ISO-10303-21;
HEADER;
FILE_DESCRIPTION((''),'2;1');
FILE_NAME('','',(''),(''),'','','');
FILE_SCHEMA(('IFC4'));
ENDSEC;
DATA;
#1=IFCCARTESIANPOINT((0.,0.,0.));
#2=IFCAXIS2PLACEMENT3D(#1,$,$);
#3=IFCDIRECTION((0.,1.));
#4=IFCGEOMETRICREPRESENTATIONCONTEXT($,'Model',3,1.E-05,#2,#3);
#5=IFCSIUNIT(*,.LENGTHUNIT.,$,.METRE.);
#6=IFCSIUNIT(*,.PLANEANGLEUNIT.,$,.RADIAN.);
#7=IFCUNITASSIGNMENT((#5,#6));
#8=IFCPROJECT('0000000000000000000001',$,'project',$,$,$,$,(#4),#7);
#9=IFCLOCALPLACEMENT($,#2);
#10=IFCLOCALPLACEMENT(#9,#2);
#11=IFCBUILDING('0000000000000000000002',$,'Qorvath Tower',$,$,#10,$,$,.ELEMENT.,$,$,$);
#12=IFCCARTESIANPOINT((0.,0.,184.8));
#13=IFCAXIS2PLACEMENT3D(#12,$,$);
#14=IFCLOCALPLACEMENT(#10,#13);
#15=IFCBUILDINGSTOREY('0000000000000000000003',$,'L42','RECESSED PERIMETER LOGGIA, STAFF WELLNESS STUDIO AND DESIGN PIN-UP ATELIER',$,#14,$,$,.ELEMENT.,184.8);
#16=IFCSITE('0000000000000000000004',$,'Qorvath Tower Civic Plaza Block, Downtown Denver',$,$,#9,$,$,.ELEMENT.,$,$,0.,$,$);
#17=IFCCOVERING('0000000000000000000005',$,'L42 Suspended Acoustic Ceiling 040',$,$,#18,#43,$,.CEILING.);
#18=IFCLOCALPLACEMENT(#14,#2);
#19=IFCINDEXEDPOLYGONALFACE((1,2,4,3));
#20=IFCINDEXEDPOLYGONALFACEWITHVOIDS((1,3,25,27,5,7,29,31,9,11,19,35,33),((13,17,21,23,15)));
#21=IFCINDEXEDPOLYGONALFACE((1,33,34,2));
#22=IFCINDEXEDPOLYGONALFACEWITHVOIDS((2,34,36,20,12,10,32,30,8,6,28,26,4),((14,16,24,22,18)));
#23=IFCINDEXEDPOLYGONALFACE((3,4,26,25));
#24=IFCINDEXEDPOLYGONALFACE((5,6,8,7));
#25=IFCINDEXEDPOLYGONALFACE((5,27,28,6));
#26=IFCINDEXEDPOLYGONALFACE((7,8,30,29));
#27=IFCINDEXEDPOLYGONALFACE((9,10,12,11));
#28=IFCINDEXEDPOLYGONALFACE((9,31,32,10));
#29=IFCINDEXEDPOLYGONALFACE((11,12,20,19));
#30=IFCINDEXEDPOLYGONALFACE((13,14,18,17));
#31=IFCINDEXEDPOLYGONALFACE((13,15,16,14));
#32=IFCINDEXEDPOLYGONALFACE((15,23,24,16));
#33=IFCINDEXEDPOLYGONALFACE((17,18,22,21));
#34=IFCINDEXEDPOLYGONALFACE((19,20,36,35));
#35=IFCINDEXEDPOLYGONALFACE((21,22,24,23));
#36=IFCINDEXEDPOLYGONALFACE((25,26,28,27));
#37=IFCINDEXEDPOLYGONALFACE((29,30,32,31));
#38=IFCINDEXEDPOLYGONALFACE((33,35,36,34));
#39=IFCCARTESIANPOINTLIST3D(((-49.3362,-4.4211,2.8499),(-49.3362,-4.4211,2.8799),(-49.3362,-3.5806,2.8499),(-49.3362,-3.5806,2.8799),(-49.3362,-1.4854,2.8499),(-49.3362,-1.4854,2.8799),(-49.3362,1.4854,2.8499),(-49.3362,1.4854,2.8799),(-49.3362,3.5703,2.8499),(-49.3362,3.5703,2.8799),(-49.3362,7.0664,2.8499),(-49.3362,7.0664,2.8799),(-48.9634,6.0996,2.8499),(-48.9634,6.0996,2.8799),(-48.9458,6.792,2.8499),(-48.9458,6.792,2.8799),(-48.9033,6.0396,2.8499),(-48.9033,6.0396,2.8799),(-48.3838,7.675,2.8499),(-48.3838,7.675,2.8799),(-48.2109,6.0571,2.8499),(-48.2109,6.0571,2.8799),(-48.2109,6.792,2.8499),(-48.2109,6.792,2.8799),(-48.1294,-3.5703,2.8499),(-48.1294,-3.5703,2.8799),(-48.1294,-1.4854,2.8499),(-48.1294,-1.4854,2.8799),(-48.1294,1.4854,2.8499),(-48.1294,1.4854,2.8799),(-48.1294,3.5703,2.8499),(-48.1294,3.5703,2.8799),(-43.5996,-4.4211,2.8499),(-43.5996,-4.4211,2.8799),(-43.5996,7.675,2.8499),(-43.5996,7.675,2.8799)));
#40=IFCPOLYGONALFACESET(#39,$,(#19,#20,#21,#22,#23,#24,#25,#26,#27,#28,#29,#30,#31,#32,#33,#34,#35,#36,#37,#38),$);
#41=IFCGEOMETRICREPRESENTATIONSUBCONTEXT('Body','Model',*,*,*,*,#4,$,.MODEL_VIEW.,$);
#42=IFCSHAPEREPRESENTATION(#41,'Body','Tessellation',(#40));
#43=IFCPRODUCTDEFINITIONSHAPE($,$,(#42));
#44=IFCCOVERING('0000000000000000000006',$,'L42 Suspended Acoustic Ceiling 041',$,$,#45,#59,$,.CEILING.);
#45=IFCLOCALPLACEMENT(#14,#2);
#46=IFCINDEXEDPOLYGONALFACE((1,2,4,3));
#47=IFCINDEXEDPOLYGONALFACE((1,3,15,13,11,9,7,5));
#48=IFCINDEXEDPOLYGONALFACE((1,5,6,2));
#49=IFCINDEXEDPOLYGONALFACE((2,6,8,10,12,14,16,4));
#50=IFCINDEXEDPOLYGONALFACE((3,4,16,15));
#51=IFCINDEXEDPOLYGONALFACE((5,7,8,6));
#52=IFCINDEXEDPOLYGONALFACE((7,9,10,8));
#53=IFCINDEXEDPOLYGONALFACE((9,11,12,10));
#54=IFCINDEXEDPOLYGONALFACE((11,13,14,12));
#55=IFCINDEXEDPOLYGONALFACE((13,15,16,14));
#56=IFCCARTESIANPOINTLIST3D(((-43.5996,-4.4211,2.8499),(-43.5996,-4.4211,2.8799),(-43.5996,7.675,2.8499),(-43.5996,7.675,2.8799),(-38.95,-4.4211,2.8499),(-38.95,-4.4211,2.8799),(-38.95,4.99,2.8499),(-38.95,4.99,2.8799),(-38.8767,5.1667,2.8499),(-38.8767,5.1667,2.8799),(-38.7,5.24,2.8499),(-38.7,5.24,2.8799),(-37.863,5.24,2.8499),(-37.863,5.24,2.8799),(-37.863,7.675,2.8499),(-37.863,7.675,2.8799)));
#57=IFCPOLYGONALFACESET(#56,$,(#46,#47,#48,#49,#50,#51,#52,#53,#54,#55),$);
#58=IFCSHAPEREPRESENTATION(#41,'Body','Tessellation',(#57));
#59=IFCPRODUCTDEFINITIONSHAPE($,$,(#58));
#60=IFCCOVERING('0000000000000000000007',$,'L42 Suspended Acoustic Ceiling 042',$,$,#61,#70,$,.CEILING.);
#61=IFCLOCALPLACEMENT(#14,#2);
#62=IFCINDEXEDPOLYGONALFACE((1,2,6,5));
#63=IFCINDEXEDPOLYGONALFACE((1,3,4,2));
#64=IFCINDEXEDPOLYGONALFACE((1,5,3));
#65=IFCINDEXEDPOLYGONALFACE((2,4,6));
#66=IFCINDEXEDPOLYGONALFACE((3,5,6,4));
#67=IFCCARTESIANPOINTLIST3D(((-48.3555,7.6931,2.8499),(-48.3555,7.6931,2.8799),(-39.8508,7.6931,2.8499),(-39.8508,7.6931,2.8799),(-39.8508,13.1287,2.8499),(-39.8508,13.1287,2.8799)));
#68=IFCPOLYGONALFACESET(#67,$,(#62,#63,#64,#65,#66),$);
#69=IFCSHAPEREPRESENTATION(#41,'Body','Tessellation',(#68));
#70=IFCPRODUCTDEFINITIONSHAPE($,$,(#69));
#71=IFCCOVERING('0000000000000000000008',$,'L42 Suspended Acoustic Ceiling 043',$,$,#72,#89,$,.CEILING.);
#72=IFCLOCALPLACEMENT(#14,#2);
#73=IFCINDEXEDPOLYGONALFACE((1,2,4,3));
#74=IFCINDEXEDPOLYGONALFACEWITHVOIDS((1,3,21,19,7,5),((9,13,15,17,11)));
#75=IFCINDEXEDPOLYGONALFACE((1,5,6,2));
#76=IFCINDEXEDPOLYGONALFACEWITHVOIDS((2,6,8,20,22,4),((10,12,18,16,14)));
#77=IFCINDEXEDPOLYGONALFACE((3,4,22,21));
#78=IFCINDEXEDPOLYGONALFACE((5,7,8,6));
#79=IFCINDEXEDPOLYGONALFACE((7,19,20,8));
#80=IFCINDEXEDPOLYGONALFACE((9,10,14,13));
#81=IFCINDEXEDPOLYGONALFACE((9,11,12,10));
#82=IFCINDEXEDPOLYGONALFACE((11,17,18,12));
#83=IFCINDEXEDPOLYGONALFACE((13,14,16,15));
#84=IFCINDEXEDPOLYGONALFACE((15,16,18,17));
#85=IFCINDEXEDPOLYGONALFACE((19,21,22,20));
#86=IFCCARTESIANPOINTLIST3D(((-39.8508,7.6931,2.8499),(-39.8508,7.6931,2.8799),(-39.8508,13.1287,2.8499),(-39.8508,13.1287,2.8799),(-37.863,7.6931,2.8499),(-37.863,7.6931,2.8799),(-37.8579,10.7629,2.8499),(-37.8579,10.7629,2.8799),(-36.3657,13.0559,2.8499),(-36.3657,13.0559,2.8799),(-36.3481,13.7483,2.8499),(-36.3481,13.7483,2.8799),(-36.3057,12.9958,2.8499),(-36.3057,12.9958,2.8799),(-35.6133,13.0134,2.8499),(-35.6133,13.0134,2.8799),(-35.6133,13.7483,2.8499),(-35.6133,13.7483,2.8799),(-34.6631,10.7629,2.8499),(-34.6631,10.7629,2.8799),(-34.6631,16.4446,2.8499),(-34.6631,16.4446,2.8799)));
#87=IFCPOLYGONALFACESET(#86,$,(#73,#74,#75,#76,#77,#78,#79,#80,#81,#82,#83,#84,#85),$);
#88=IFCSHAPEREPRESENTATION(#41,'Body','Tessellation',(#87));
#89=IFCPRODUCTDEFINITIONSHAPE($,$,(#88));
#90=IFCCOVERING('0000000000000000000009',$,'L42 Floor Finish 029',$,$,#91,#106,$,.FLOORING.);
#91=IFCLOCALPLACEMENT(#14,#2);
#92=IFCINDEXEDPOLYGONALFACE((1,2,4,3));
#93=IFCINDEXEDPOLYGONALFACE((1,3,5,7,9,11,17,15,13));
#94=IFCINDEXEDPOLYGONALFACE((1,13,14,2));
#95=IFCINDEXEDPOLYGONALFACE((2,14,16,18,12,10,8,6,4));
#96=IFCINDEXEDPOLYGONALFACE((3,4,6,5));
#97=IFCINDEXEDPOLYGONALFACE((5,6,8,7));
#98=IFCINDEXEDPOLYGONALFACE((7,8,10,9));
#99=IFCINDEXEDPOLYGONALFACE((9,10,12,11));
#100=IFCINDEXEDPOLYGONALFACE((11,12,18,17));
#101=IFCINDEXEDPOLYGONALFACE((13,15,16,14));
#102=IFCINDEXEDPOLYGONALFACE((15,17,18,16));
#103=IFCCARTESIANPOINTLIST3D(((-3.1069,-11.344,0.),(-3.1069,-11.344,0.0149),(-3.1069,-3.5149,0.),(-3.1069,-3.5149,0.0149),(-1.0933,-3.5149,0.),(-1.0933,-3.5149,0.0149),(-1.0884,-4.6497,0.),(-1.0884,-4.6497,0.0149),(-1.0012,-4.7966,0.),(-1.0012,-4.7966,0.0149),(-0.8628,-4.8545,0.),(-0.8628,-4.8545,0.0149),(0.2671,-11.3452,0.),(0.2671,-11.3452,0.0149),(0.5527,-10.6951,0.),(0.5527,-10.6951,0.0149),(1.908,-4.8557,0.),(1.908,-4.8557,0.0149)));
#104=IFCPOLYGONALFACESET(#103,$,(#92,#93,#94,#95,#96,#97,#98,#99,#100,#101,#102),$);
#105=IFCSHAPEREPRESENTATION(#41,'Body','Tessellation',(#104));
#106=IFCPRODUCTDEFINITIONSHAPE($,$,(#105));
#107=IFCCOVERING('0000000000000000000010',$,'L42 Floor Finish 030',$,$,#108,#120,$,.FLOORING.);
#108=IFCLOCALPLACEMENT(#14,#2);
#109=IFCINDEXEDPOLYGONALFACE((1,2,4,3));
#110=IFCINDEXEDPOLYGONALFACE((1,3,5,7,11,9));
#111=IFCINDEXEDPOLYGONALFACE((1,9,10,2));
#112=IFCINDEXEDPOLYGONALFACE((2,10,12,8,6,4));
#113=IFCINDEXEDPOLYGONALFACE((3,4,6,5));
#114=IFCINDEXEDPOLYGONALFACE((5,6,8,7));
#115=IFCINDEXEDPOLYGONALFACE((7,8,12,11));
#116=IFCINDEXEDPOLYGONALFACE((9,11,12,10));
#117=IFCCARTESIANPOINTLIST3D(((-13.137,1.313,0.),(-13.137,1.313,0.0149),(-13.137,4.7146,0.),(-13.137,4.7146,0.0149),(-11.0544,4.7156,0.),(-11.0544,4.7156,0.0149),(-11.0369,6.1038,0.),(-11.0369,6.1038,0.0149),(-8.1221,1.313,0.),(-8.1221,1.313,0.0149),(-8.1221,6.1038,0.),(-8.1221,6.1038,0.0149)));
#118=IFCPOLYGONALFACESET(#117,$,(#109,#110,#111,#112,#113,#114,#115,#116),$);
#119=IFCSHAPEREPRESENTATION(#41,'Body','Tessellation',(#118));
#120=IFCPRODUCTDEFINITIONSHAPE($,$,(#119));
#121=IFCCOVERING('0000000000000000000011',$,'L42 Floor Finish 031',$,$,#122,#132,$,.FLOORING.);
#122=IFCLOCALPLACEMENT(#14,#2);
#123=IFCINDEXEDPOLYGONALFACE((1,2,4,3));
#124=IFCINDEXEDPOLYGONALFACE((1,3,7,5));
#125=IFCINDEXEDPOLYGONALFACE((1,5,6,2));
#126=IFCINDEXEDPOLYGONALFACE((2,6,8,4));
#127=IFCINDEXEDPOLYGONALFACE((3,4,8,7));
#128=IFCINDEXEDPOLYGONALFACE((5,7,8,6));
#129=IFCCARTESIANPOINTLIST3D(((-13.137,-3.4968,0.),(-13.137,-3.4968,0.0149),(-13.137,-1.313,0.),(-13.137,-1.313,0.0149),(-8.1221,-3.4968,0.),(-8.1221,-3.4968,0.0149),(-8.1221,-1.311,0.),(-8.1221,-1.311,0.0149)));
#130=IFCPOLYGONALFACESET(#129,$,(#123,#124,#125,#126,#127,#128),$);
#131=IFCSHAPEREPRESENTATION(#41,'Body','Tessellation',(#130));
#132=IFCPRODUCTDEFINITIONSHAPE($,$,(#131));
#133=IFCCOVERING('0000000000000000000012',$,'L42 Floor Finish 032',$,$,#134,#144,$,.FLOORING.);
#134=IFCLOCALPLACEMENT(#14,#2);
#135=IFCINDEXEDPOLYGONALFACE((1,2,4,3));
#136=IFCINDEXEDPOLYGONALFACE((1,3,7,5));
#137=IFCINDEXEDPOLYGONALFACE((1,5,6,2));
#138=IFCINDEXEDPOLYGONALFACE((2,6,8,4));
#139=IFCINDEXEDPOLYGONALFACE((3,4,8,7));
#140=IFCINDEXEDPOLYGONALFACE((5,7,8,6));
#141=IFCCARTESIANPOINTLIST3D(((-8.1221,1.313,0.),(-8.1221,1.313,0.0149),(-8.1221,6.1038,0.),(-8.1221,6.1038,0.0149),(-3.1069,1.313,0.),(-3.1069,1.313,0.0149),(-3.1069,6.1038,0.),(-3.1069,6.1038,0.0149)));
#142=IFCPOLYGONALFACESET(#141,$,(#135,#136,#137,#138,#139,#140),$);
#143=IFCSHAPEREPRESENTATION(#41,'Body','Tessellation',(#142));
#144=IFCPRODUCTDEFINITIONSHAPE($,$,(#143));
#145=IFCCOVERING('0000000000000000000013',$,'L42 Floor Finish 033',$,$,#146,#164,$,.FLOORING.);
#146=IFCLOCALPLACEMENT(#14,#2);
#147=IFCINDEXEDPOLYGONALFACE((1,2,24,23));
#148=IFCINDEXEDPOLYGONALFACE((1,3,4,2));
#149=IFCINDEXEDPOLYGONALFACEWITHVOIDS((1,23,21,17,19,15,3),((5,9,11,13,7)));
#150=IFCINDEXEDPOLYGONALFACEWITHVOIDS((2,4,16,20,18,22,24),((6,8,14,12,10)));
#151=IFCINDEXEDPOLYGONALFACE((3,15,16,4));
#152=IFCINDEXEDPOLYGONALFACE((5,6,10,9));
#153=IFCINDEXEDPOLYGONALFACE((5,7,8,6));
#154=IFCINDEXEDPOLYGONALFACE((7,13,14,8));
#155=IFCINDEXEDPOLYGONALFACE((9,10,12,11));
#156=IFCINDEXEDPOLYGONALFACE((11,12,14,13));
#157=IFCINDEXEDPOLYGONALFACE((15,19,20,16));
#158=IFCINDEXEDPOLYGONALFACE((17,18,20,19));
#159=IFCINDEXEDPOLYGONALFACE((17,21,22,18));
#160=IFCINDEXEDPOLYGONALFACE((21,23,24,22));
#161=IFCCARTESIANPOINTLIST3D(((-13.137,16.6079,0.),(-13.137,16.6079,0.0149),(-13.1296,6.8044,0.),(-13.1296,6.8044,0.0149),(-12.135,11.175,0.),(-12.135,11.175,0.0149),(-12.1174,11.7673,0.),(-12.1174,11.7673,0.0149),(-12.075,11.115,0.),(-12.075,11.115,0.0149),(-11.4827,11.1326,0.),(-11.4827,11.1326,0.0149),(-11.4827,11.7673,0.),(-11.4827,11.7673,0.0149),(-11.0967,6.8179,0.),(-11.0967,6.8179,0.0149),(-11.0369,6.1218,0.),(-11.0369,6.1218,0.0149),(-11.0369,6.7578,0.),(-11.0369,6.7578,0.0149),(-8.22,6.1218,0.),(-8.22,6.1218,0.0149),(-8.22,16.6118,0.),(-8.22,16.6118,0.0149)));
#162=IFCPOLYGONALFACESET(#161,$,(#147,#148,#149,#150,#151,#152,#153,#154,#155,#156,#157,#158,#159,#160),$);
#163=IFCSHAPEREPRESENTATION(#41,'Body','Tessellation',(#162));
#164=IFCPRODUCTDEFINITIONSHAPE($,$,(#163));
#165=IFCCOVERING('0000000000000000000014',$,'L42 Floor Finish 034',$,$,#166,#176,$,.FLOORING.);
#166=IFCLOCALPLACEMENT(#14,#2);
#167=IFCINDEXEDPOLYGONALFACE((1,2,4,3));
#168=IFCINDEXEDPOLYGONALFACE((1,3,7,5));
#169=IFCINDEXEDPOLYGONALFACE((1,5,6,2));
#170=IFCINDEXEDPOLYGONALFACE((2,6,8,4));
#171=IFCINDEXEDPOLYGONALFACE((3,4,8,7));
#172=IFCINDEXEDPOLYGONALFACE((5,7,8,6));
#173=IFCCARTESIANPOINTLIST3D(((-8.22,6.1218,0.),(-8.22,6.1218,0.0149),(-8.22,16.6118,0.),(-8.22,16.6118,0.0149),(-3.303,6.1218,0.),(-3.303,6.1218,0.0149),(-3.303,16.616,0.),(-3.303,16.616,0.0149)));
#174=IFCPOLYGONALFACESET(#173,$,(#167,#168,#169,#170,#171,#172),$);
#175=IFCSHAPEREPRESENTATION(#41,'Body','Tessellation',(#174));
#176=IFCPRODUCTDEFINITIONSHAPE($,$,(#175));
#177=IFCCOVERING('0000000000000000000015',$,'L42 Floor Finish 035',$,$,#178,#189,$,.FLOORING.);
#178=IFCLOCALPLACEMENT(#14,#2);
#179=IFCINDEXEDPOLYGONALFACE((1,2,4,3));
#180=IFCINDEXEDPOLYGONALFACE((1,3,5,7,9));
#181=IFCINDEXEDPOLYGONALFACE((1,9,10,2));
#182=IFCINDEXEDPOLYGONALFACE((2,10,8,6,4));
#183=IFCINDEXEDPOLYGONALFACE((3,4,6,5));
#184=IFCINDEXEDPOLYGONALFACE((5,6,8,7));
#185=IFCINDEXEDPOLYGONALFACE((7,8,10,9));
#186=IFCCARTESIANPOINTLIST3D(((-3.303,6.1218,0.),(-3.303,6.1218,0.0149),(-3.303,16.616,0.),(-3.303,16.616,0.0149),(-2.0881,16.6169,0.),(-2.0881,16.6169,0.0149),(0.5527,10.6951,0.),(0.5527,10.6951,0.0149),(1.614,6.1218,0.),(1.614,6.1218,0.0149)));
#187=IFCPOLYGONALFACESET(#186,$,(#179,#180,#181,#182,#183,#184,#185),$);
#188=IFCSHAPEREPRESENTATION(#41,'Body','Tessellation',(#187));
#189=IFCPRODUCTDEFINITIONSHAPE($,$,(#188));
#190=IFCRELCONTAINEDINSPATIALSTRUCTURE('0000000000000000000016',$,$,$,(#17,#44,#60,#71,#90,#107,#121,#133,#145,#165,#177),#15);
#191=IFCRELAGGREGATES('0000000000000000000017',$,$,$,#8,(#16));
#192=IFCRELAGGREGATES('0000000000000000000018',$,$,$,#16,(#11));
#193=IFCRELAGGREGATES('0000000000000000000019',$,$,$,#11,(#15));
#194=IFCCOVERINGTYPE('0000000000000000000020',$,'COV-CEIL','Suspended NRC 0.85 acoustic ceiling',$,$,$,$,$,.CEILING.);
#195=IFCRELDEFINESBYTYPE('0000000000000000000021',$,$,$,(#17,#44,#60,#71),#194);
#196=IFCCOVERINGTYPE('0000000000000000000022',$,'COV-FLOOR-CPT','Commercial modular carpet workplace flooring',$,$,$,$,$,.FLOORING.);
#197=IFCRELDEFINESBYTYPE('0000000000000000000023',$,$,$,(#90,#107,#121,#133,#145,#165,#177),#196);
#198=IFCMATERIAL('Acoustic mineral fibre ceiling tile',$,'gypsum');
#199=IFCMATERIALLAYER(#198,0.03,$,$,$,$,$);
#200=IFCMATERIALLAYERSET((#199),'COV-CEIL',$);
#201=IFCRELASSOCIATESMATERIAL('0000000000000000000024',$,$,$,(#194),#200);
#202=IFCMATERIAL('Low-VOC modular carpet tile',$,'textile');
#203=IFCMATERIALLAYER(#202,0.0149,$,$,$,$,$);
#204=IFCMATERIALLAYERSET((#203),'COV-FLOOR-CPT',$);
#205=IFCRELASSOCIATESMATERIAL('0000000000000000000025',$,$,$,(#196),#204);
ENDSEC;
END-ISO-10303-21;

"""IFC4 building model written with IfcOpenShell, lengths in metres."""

from ifc_helpers import new_model, si_unit, direction, frame, origin, place, context, subcontext, project, spatial, polyline, outline, extrude, material, layer, layer_set, type_object, element, save


model = new_model("IFC4")

# Units and contexts
model_context = context("Model", 3, precision=1e-05, world=origin(), true_north=direction((0.0, 1.0)))
body_context = subcontext(model_context, "Body", "Model", "MODEL_VIEW")
ifc_project = project(units=[si_unit("LENGTHUNIT", "METRE"), si_unit("PLANEANGLEUNIT", "RADIAN")], contexts=[model_context])

# Site, building, storey
site_placement = place(None, origin())
site = spatial("IfcSite", under=ifc_project, at=site_placement, Name="Qorvath Tower Civic Plaza Block, Downtown Denver", CompositionType="ELEMENT", RefElevation=0.0)
building_placement = place(site_placement, origin())
building = spatial("IfcBuilding", under=site, at=building_placement, Name="Qorvath Tower", CompositionType="ELEMENT")
storey_placement = place(building_placement, frame((0.0, 0.0, 184.8)))
storey = spatial("IfcBuildingStorey", under=building, at=storey_placement, Name="L42", Description="RECESSED PERIMETER LOGGIA, STAFF WELLNESS STUDIO AND DESIGN PIN-UP ATELIER", CompositionType="ELEMENT", Elevation=184.8)

# Coverings
ifc_material_1 = material(Name="Acoustic mineral fibre ceiling tile", Category="gypsum")
ifc_layer_1 = layer(ifc_material_1, 0.03)
ifc_layer_set_1 = layer_set([ifc_layer_1], Name="COV-CEIL")
covering_type_1 = type_object("IfcCoveringType", Name="COV-CEIL", Description="Suspended NRC 0.85 acoustic ceiling", PredefinedType="CEILING", material=ifc_layer_set_1)
covering_1_placement = place(storey_placement, frame((0.0, 0.0, 2.8499)))
element("IfcCovering", 1, at=covering_1_placement, inside=storey, type_object=covering_type_1, Name="L42 Suspended Acoustic Ceiling 040", PredefinedType="CEILING", context=body_context, shape_type="SweptSolid", body=[
    extrude(outline(polyline([(-43.5996, -4.4211), (-43.5996, 7.675), (-48.3838, 7.675), (-49.3362, 7.0664), (-49.3362, 3.5703), (-48.1294, 3.5703), (-48.1294, 1.4854), (-49.3362, 1.4854), (-49.3362, -1.4854), (-48.1294, -1.4854), (-48.1294, -3.5703), (-49.3362, -3.5806), (-49.3362, -4.4211), (-43.5996, -4.4211)]), holes=[polyline([(-48.9634, 6.0996), (-48.9458, 6.792), (-48.2109, 6.792), (-48.2109, 6.0571), (-48.9033, 6.0396), (-48.9634, 6.0996)])]), origin(), (0.0, 0.0, 1.0), 0.03),
])
covering_2_placement = place(storey_placement, frame((0.0, 0.0, 2.8499)))
element("IfcCovering", 2, at=covering_2_placement, inside=storey, type_object=covering_type_1, Name="L42 Suspended Acoustic Ceiling 041", PredefinedType="CEILING", context=body_context, shape_type="SweptSolid", body=[
    extrude(outline(polyline([(-37.863, 5.24), (-37.863, 7.675), (-43.5996, 7.675), (-43.5996, -4.4211), (-38.95, -4.4211), (-38.95, 4.99), (-38.8767, 5.1667), (-38.7, 5.24), (-37.863, 5.24)])), origin(), (0.0, 0.0, 1.0), 0.03),
])
covering_3_placement = place(storey_placement, frame((0.0, 0.0, 2.8499)))
element("IfcCovering", 3, at=covering_3_placement, inside=storey, type_object=covering_type_1, Name="L42 Suspended Acoustic Ceiling 042", PredefinedType="CEILING", context=body_context, shape_type="SweptSolid", body=[
    extrude(outline(polyline([(-39.8508, 7.6931), (-39.8508, 13.1287), (-48.3555, 7.6931), (-39.8508, 7.6931)])), origin(), (0.0, 0.0, 1.0), 0.03),
])
covering_4_placement = place(storey_placement, frame((0.0, 0.0, 2.8499)))
element("IfcCovering", 4, at=covering_4_placement, inside=storey, type_object=covering_type_1, Name="L42 Suspended Acoustic Ceiling 043", PredefinedType="CEILING", context=body_context, shape_type="SweptSolid", body=[
    extrude(outline(polyline([(-37.8579, 10.7629), (-34.6631, 10.7629), (-34.6631, 16.4446), (-39.8508, 13.1287), (-39.8508, 7.6931), (-37.863, 7.6931), (-37.8579, 10.7629)]), holes=[polyline([(-36.3657, 13.0559), (-36.3481, 13.7483), (-35.6133, 13.7483), (-35.6133, 13.0134), (-36.3057, 12.9958), (-36.3657, 13.0559)])]), origin(), (0.0, 0.0, 1.0), 0.03),
])
ifc_material_2 = material(Name="Low-VOC modular carpet tile", Category="textile")
ifc_layer_2 = layer(ifc_material_2, 0.0149)
ifc_layer_set_2 = layer_set([ifc_layer_2], Name="COV-FLOOR-CPT")
covering_type_2 = type_object("IfcCoveringType", Name="COV-FLOOR-CPT", Description="Commercial modular carpet workplace flooring", PredefinedType="FLOORING", material=ifc_layer_set_2)
covering_5_placement = place(storey_placement, origin())
element("IfcCovering", 5, at=covering_5_placement, inside=storey, type_object=covering_type_2, Name="L42 Floor Finish 029", PredefinedType="FLOORING", context=body_context, shape_type="SweptSolid", body=[
    extrude(outline(polyline([(-1.0012, -4.7966), (-1.0884, -4.6497), (-1.0933, -3.5149), (-3.1069, -3.5149), (-3.1069, -11.344), (0.2671, -11.3452), (0.5527, -10.6951), (1.908, -4.8557), (-0.8628, -4.8545), (-1.0012, -4.7966)])), origin(), (0.0, 0.0, 1.0), 0.0149),
])
covering_6_placement = place(storey_placement, origin())
element("IfcCovering", 6, at=covering_6_placement, inside=storey, type_object=covering_type_2, Name="L42 Floor Finish 030", PredefinedType="FLOORING", context=body_context, shape_type="SweptSolid", body=[
    extrude(outline(polyline([(-8.1221, 1.313), (-8.1221, 6.1038), (-11.0369, 6.1038), (-11.0544, 4.7156), (-13.137, 4.7146), (-13.137, 1.313), (-8.1221, 1.313)])), origin(), (0.0, 0.0, 1.0), 0.0149),
])
covering_7_placement = place(storey_placement, origin())
element("IfcCovering", 7, at=covering_7_placement, inside=storey, type_object=covering_type_2, Name="L42 Floor Finish 031", PredefinedType="FLOORING", context=body_context, shape_type="SweptSolid", body=[
    extrude(outline(polyline([(-8.1221, -3.4968), (-8.1221, -1.311), (-13.137, -1.313), (-13.137, -3.4968), (-8.1221, -3.4968)])), origin(), (0.0, 0.0, 1.0), 0.0149),
])
covering_8_placement = place(storey_placement, origin())
element("IfcCovering", 8, at=covering_8_placement, inside=storey, type_object=covering_type_2, Name="L42 Floor Finish 032", PredefinedType="FLOORING", context=body_context, shape_type="SweptSolid", body=[
    extrude(outline(polyline([(-3.1069, 1.313), (-3.1069, 6.1038), (-8.1221, 6.1038), (-8.1221, 1.313), (-3.1069, 1.313)])), origin(), (0.0, 0.0, 1.0), 0.0149),
])
covering_9_placement = place(storey_placement, origin())
element("IfcCovering", 9, at=covering_9_placement, inside=storey, type_object=covering_type_2, Name="L42 Floor Finish 033", PredefinedType="FLOORING", context=body_context, shape_type="SweptSolid", body=[
    extrude(outline(polyline([(-11.0369, 6.1218), (-8.22, 6.1218), (-8.22, 16.6118), (-13.137, 16.6079), (-13.1296, 6.8044), (-11.0967, 6.8179), (-11.0369, 6.7578), (-11.0369, 6.1218)]), holes=[polyline([(-12.135, 11.175), (-12.1174, 11.7673), (-11.4827, 11.7673), (-11.4827, 11.1326), (-12.075, 11.115), (-12.135, 11.175)])]), origin(), (0.0, 0.0, 1.0), 0.0149),
])
covering_10_placement = place(storey_placement, origin())
element("IfcCovering", 10, at=covering_10_placement, inside=storey, type_object=covering_type_2, Name="L42 Floor Finish 034", PredefinedType="FLOORING", context=body_context, shape_type="SweptSolid", body=[
    extrude(outline(polyline([(-8.22, 16.6118), (-8.22, 6.1218), (-3.303, 6.1218), (-3.303, 16.616), (-8.22, 16.6118)])), origin(), (0.0, 0.0, 1.0), 0.0149),
])
covering_11_placement = place(storey_placement, origin())
element("IfcCovering", 11, at=covering_11_placement, inside=storey, type_object=covering_type_2, Name="L42 Floor Finish 035", PredefinedType="FLOORING", context=body_context, shape_type="SweptSolid", body=[
    extrude(outline(polyline([(-3.303, 16.616), (-3.303, 6.1218), (1.614, 6.1218), (0.5527, 10.6951), (-2.0881, 16.6169), (-3.303, 16.616)])), origin(), (0.0, 0.0, 1.0), 0.0149),
])

save(model, "model.ifc")
